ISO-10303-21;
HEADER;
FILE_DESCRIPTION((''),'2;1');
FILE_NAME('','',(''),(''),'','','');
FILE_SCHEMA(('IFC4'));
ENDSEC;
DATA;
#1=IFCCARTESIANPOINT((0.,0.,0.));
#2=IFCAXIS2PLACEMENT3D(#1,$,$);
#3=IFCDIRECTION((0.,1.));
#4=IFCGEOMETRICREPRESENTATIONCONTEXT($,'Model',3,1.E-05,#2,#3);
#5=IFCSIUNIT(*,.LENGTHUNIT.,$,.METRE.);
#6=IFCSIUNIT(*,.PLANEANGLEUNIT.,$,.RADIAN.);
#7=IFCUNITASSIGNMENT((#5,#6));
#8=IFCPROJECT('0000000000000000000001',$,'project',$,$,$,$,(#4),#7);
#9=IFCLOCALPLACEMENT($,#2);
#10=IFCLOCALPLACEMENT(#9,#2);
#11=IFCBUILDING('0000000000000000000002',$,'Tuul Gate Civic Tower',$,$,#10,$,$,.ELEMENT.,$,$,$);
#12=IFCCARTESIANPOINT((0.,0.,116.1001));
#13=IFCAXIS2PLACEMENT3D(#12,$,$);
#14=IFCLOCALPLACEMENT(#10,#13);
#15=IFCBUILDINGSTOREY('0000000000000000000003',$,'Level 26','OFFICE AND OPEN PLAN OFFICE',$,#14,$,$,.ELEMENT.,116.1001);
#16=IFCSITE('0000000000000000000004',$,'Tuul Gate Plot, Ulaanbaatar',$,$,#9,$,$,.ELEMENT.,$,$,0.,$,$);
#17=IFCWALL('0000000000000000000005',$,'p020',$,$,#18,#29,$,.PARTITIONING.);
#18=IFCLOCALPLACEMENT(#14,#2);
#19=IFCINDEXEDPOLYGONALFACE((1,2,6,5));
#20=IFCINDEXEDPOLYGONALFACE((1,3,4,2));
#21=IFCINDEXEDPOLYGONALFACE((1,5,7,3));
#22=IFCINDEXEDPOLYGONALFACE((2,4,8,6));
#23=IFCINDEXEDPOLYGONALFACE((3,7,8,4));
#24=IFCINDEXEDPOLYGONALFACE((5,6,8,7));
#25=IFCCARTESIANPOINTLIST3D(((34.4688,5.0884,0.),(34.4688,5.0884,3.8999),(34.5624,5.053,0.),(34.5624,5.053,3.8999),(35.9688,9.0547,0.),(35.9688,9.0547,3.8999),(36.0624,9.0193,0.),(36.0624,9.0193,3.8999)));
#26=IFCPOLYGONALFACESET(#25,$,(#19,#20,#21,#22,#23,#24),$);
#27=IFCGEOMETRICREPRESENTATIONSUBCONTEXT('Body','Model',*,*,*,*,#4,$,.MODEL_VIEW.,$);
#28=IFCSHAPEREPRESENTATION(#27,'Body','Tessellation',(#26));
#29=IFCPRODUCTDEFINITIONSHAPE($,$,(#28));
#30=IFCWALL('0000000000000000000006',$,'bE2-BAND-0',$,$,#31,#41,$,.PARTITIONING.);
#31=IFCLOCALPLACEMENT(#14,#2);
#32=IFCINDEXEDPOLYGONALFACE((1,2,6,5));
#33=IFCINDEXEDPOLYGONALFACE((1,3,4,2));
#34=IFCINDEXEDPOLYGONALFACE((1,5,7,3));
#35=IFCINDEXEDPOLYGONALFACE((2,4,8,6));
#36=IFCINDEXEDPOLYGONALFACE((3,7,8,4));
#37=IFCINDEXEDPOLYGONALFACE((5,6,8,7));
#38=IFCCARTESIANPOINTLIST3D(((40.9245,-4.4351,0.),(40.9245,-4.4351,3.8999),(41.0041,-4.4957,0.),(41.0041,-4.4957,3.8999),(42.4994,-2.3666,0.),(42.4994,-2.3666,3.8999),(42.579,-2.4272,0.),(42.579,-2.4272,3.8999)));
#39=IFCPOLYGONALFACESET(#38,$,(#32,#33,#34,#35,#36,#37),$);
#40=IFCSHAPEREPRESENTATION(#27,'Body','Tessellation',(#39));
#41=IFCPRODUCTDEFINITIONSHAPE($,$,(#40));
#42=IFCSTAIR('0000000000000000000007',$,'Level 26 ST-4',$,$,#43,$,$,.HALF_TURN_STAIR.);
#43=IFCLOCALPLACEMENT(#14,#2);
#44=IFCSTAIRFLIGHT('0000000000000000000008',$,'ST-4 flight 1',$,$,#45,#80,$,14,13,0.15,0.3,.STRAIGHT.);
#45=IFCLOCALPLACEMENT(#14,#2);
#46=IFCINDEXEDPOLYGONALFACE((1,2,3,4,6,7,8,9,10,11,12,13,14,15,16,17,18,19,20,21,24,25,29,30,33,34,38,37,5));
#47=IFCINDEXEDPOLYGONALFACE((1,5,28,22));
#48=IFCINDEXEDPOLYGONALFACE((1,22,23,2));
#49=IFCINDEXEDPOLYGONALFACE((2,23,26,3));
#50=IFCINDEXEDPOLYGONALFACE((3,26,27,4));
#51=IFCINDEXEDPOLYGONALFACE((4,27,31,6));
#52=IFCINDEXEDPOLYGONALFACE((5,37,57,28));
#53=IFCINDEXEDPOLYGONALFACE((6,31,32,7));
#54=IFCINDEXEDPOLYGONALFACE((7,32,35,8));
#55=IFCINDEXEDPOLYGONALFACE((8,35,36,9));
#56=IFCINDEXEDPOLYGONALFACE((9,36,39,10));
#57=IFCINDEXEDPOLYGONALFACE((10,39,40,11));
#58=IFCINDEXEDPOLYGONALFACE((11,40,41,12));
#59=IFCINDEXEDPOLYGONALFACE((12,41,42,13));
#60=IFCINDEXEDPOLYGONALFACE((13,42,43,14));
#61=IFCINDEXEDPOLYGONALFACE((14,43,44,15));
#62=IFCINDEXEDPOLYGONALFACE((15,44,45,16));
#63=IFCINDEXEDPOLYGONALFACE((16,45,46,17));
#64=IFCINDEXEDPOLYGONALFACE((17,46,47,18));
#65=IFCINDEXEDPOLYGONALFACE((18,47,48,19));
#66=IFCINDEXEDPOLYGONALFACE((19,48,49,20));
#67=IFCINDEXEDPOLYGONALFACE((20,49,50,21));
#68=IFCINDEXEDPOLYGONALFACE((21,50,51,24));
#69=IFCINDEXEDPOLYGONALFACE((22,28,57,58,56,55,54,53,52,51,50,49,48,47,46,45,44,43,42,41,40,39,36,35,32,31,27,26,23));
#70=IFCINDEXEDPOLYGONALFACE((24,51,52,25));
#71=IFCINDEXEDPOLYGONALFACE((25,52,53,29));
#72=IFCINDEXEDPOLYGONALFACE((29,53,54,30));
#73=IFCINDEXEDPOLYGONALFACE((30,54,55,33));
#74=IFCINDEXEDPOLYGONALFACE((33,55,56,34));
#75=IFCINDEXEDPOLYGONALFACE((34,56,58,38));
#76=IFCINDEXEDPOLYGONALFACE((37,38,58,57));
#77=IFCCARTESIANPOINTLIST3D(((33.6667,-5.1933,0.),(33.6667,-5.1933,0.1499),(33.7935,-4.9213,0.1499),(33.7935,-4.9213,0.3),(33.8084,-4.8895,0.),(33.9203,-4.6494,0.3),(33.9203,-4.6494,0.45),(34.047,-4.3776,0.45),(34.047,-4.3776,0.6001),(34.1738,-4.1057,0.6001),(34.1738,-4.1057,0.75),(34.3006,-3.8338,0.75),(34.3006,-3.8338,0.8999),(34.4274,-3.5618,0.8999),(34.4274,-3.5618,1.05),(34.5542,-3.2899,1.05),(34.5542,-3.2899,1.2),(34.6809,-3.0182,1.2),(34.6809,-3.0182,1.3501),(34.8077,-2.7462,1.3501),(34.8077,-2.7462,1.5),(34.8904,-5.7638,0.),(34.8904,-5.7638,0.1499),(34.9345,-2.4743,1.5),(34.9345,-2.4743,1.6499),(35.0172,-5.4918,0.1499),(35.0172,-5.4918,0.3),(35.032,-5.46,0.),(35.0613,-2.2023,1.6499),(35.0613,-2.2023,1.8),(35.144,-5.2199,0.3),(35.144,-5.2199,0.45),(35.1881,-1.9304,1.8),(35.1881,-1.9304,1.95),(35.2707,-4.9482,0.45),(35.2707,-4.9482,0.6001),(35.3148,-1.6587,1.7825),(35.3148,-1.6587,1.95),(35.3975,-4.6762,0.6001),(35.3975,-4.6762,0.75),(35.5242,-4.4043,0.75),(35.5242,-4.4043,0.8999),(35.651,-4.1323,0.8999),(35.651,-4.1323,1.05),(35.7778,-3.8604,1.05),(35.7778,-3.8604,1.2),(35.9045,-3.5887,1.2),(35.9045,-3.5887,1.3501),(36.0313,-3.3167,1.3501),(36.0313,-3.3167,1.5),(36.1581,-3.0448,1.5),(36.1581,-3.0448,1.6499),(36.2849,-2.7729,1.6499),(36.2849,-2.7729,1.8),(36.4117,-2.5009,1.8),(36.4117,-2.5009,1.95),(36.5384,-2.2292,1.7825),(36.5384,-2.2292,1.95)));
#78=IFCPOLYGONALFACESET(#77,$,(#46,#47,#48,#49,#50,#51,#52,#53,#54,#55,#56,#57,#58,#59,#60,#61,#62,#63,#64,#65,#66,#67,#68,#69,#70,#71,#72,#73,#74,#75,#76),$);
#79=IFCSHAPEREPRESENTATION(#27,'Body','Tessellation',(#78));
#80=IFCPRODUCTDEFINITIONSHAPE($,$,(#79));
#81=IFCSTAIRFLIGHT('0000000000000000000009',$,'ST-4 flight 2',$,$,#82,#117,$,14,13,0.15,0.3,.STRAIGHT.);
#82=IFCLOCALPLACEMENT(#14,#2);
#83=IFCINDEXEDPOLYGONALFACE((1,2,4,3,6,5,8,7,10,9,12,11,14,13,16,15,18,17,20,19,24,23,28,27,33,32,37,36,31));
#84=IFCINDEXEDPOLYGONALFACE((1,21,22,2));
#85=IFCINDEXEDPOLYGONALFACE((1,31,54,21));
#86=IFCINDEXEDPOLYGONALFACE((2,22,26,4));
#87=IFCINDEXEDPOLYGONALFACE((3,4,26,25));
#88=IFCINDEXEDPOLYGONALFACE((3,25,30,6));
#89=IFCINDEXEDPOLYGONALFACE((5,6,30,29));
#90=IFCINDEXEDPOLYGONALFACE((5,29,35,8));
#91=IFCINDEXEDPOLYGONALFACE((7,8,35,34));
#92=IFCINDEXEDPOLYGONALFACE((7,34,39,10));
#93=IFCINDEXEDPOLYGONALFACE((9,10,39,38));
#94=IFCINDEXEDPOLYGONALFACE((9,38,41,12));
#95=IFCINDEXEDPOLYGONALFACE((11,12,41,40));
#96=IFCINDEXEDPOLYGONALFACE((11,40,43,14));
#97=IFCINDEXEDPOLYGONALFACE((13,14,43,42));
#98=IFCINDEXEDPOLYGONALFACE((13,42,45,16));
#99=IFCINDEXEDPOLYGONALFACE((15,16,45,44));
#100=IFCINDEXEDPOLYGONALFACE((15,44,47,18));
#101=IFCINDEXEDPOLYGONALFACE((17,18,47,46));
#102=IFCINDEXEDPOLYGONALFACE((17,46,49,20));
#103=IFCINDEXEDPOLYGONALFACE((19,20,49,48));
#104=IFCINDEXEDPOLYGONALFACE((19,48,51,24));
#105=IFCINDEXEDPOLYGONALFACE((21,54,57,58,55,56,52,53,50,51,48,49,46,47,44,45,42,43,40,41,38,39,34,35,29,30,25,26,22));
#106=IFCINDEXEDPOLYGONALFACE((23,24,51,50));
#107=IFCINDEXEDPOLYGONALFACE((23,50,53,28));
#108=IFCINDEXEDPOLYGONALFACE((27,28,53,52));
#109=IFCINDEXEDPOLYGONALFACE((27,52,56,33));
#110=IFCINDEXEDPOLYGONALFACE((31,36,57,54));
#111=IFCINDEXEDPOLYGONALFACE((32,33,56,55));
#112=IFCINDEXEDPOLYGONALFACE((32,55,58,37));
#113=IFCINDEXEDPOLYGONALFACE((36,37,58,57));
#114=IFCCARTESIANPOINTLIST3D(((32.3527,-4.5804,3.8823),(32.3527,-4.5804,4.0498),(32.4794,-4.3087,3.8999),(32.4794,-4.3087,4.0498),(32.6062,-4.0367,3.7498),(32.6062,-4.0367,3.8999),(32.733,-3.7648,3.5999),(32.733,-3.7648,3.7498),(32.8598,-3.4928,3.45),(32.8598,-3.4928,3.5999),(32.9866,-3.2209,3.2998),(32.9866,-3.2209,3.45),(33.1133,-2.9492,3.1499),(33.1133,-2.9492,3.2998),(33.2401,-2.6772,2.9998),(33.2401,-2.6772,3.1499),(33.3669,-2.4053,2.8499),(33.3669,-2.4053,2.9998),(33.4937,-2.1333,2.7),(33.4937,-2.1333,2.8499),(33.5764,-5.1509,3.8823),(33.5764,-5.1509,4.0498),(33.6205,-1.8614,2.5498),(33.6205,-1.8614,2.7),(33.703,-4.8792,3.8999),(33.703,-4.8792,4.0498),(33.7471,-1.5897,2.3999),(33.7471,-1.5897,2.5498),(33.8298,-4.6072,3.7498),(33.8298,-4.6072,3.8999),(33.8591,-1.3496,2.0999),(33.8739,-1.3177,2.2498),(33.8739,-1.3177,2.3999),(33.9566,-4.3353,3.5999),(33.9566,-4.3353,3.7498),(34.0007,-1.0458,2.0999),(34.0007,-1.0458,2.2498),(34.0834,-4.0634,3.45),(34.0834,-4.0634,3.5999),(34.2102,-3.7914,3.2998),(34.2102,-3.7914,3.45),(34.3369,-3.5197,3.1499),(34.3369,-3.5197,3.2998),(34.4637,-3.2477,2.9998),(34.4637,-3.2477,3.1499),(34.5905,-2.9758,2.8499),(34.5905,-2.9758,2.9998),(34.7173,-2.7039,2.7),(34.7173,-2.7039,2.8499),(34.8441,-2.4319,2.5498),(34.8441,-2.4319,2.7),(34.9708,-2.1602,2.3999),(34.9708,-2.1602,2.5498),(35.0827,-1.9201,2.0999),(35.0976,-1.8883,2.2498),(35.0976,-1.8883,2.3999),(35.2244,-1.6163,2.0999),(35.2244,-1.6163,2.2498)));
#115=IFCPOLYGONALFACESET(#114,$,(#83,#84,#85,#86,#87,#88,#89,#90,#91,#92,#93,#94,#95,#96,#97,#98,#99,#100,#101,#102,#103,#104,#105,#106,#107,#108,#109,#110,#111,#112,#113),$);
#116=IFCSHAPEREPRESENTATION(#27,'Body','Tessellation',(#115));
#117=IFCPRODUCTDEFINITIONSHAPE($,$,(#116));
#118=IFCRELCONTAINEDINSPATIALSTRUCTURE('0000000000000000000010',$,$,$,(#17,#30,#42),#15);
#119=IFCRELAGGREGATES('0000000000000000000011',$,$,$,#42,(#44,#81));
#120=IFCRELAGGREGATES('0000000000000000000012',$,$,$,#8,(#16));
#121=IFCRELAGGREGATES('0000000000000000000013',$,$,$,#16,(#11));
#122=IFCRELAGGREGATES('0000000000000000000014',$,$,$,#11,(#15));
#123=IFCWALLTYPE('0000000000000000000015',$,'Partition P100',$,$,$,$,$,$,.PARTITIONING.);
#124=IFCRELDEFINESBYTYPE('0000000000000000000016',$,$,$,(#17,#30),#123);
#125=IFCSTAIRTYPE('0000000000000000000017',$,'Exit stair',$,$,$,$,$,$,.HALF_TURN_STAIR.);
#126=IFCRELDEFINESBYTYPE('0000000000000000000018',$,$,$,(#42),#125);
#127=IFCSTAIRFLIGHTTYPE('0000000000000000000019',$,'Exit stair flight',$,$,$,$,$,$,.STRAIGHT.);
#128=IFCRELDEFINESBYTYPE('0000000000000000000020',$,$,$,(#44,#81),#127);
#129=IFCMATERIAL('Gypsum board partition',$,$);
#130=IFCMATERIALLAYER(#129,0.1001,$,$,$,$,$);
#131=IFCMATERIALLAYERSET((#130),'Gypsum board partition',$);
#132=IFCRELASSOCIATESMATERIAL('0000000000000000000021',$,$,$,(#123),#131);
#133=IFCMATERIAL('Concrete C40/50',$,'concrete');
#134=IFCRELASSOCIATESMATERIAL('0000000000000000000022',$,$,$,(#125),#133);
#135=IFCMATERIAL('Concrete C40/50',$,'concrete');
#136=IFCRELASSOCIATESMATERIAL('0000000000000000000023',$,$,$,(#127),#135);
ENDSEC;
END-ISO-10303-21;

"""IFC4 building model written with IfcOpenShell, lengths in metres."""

from ifc_helpers import new_model, si_unit, direction, frame, frame_2d, origin, place, context, subcontext, project, spatial, polyline, rectangle, outline, extrude, material, layer, layer_set, type_object, element, aggregate, save


model = new_model("IFC4")

# Units and contexts
model_context = context("Model", 3, precision=1e-05, world=origin(), true_north=direction((0.0, 1.0)))
body_context = subcontext(model_context, "Body", "Model", "MODEL_VIEW")
ifc_project = project(units=[si_unit("LENGTHUNIT", "METRE"), si_unit("PLANEANGLEUNIT", "RADIAN")], contexts=[model_context])

# Site, building, storey
site_placement = place(None, origin())
site = spatial("IfcSite", under=ifc_project, at=site_placement, Name="Tuul Gate Plot, Ulaanbaatar", CompositionType="ELEMENT", RefElevation=0.0)
building_placement = place(site_placement, origin())
building = spatial("IfcBuilding", under=site, at=building_placement, Name="Tuul Gate Civic Tower", CompositionType="ELEMENT")
storey_placement = place(building_placement, frame((0.0, 0.0, 116.1001)))
storey = spatial("IfcBuildingStorey", under=building, at=storey_placement, Name="Level 26", Description="OFFICE AND OPEN PLAN OFFICE", CompositionType="ELEMENT", Elevation=116.1001)

# Walls
ifc_material_1 = material(Name="Gypsum board partition")
ifc_layer_1 = layer(ifc_material_1, 0.1001)
ifc_layer_set_1 = layer_set([ifc_layer_1], Name="Gypsum board partition")
wall_type_1 = type_object("IfcWallType", Name="Partition P100", PredefinedType="PARTITIONING", material=ifc_layer_set_1)
wall_1_placement = place(storey_placement, frame((34.5156, 5.0708, 0.0), z_axis=(0.0, 0.0, 1.0), x_axis=(0.353734, 0.935346, 0.0)))
element("IfcWall", 1, at=wall_1_placement, inside=storey, type_object=wall_type_1, Name="p020", PredefinedType="PARTITIONING", context=body_context, shape_type="SweptSolid", body=[
    extrude(rectangle(XDim=4.2405, YDim=0.1001, at=frame_2d((2.1201, 0.0))), origin(), (0.0, 0.0, 1.0), 3.8999),
])
wall_2_placement = place(storey_placement, frame((40.9644, -4.4653, 0.0), z_axis=(0.0, 0.0, 1.0), x_axis=(0.605769, 0.795641, 0.0)))
element("IfcWall", 2, at=wall_2_placement, inside=storey, type_object=wall_type_1, Name="bE2-BAND-0", PredefinedType="PARTITIONING", context=body_context, shape_type="SweptSolid", body=[
    extrude(rectangle(XDim=2.5999, YDim=0.1001, at=frame_2d((1.2998, 0.0))), origin(), (0.0, 0.0, 1.0), 3.8999),
])

# Stair, stair flights
ifc_material_2 = material(Name="Concrete C40/50", Category="concrete")
stair_type = type_object("IfcStairType", Name="Exit stair", PredefinedType="HALF_TURN_STAIR", material=ifc_material_2)
stair_placement = place(storey_placement, origin())
stair = element("IfcStair", 3, at=stair_placement, inside=storey, type_object=stair_type, Name="Level 26 ST-4", PredefinedType="HALF_TURN_STAIR")
ifc_material_3 = material(Name="Concrete C40/50", Category="concrete")
stair_flight_type = type_object("IfcStairFlightType", Name="Exit stair flight", PredefinedType="STRAIGHT", material=ifc_material_3)
stair_flight_1_placement = place(storey_placement, frame((34.2786, -5.4785, 0.0), z_axis=(0.0, 0.0, 1.0), x_axis=(0.422576, 0.906327, 0.0)))
stair_flight_1 = element("IfcStairFlight", 4, at=stair_flight_1_placement, type_object=stair_flight_type, Name="ST-4 flight 1", NumberOfRisers=14, NumberOfTreads=13, PredefinedType="STRAIGHT", RiserHeight=0.15, TreadLength=0.3, context=body_context, shape_type="SweptSolid", body=[
    extrude(outline(polyline([(0.0, 0.0), (0.0, 0.1499), (0.3, 0.1499), (0.3, 0.3), (0.6001, 0.3), (0.6001, 0.45), (0.8999, 0.45), (0.8999, 0.6001), (1.2, 0.6001), (1.2, 0.75), (1.5, 0.75), (1.5, 0.8999), (1.8, 0.8999), (1.8, 1.05), (2.1001, 1.05), (2.1001, 1.2), (2.3999, 1.2), (2.3999, 1.3501), (2.7, 1.3501), (2.7, 1.5), (3.0, 1.5), (3.0, 1.6499), (3.3, 1.6499), (3.3, 1.8), (3.6001, 1.8), (3.6001, 1.95), (3.8999, 1.95), (3.8999, 2.1001), (3.8999, 1.7825), (0.3352, 0.0), (0.0, 0.0)])), frame((0.0, 0.675, 0.0), z_axis=(0.0, -1.0, 0.0), x_axis=(1.0, 0.0, 0.0)), (0.0, 0.0, 1.0), 1.3501),
])
stair_flight_2_placement = place(storey_placement, frame((34.6125, -1.3311, 2.0999), z_axis=(0.0, 0.0, 1.0), x_axis=(-0.422576, -0.906327, 0.0)))
stair_flight_2 = element("IfcStairFlight", 5, at=stair_flight_2_placement, type_object=stair_flight_type, Name="ST-4 flight 2", NumberOfRisers=14, NumberOfTreads=13, PredefinedType="STRAIGHT", RiserHeight=0.15, TreadLength=0.3, context=body_context, shape_type="SweptSolid", body=[
    extrude(outline(polyline([(0.0, 0.0), (0.0, 0.1499), (0.3, 0.1499), (0.3, 0.3), (0.6001, 0.3), (0.6001, 0.45), (0.8999, 0.45), (0.8999, 0.6001), (1.2, 0.6001), (1.2, 0.75), (1.5, 0.75), (1.5, 0.8999), (1.8, 0.8999), (1.8, 1.05), (2.1001, 1.05), (2.1001, 1.2), (2.3999, 1.2), (2.3999, 1.3501), (2.7, 1.3501), (2.7, 1.5), (3.0, 1.5), (3.0, 1.6499), (3.3, 1.6499), (3.3, 1.8), (3.6001, 1.8), (3.6001, 1.95), (3.8999, 1.95), (3.8999, 2.1001), (3.8999, 1.7825), (0.3352, 0.0), (0.0, 0.0)])), frame((0.0, 0.675, 0.0), z_axis=(0.0, -1.0, 0.0), x_axis=(1.0, 0.0, 0.0)), (0.0, 0.0, 1.0), 1.3501),
])
aggregate(stair, [stair_flight_1, stair_flight_2])

save(model, "model.ifc")
